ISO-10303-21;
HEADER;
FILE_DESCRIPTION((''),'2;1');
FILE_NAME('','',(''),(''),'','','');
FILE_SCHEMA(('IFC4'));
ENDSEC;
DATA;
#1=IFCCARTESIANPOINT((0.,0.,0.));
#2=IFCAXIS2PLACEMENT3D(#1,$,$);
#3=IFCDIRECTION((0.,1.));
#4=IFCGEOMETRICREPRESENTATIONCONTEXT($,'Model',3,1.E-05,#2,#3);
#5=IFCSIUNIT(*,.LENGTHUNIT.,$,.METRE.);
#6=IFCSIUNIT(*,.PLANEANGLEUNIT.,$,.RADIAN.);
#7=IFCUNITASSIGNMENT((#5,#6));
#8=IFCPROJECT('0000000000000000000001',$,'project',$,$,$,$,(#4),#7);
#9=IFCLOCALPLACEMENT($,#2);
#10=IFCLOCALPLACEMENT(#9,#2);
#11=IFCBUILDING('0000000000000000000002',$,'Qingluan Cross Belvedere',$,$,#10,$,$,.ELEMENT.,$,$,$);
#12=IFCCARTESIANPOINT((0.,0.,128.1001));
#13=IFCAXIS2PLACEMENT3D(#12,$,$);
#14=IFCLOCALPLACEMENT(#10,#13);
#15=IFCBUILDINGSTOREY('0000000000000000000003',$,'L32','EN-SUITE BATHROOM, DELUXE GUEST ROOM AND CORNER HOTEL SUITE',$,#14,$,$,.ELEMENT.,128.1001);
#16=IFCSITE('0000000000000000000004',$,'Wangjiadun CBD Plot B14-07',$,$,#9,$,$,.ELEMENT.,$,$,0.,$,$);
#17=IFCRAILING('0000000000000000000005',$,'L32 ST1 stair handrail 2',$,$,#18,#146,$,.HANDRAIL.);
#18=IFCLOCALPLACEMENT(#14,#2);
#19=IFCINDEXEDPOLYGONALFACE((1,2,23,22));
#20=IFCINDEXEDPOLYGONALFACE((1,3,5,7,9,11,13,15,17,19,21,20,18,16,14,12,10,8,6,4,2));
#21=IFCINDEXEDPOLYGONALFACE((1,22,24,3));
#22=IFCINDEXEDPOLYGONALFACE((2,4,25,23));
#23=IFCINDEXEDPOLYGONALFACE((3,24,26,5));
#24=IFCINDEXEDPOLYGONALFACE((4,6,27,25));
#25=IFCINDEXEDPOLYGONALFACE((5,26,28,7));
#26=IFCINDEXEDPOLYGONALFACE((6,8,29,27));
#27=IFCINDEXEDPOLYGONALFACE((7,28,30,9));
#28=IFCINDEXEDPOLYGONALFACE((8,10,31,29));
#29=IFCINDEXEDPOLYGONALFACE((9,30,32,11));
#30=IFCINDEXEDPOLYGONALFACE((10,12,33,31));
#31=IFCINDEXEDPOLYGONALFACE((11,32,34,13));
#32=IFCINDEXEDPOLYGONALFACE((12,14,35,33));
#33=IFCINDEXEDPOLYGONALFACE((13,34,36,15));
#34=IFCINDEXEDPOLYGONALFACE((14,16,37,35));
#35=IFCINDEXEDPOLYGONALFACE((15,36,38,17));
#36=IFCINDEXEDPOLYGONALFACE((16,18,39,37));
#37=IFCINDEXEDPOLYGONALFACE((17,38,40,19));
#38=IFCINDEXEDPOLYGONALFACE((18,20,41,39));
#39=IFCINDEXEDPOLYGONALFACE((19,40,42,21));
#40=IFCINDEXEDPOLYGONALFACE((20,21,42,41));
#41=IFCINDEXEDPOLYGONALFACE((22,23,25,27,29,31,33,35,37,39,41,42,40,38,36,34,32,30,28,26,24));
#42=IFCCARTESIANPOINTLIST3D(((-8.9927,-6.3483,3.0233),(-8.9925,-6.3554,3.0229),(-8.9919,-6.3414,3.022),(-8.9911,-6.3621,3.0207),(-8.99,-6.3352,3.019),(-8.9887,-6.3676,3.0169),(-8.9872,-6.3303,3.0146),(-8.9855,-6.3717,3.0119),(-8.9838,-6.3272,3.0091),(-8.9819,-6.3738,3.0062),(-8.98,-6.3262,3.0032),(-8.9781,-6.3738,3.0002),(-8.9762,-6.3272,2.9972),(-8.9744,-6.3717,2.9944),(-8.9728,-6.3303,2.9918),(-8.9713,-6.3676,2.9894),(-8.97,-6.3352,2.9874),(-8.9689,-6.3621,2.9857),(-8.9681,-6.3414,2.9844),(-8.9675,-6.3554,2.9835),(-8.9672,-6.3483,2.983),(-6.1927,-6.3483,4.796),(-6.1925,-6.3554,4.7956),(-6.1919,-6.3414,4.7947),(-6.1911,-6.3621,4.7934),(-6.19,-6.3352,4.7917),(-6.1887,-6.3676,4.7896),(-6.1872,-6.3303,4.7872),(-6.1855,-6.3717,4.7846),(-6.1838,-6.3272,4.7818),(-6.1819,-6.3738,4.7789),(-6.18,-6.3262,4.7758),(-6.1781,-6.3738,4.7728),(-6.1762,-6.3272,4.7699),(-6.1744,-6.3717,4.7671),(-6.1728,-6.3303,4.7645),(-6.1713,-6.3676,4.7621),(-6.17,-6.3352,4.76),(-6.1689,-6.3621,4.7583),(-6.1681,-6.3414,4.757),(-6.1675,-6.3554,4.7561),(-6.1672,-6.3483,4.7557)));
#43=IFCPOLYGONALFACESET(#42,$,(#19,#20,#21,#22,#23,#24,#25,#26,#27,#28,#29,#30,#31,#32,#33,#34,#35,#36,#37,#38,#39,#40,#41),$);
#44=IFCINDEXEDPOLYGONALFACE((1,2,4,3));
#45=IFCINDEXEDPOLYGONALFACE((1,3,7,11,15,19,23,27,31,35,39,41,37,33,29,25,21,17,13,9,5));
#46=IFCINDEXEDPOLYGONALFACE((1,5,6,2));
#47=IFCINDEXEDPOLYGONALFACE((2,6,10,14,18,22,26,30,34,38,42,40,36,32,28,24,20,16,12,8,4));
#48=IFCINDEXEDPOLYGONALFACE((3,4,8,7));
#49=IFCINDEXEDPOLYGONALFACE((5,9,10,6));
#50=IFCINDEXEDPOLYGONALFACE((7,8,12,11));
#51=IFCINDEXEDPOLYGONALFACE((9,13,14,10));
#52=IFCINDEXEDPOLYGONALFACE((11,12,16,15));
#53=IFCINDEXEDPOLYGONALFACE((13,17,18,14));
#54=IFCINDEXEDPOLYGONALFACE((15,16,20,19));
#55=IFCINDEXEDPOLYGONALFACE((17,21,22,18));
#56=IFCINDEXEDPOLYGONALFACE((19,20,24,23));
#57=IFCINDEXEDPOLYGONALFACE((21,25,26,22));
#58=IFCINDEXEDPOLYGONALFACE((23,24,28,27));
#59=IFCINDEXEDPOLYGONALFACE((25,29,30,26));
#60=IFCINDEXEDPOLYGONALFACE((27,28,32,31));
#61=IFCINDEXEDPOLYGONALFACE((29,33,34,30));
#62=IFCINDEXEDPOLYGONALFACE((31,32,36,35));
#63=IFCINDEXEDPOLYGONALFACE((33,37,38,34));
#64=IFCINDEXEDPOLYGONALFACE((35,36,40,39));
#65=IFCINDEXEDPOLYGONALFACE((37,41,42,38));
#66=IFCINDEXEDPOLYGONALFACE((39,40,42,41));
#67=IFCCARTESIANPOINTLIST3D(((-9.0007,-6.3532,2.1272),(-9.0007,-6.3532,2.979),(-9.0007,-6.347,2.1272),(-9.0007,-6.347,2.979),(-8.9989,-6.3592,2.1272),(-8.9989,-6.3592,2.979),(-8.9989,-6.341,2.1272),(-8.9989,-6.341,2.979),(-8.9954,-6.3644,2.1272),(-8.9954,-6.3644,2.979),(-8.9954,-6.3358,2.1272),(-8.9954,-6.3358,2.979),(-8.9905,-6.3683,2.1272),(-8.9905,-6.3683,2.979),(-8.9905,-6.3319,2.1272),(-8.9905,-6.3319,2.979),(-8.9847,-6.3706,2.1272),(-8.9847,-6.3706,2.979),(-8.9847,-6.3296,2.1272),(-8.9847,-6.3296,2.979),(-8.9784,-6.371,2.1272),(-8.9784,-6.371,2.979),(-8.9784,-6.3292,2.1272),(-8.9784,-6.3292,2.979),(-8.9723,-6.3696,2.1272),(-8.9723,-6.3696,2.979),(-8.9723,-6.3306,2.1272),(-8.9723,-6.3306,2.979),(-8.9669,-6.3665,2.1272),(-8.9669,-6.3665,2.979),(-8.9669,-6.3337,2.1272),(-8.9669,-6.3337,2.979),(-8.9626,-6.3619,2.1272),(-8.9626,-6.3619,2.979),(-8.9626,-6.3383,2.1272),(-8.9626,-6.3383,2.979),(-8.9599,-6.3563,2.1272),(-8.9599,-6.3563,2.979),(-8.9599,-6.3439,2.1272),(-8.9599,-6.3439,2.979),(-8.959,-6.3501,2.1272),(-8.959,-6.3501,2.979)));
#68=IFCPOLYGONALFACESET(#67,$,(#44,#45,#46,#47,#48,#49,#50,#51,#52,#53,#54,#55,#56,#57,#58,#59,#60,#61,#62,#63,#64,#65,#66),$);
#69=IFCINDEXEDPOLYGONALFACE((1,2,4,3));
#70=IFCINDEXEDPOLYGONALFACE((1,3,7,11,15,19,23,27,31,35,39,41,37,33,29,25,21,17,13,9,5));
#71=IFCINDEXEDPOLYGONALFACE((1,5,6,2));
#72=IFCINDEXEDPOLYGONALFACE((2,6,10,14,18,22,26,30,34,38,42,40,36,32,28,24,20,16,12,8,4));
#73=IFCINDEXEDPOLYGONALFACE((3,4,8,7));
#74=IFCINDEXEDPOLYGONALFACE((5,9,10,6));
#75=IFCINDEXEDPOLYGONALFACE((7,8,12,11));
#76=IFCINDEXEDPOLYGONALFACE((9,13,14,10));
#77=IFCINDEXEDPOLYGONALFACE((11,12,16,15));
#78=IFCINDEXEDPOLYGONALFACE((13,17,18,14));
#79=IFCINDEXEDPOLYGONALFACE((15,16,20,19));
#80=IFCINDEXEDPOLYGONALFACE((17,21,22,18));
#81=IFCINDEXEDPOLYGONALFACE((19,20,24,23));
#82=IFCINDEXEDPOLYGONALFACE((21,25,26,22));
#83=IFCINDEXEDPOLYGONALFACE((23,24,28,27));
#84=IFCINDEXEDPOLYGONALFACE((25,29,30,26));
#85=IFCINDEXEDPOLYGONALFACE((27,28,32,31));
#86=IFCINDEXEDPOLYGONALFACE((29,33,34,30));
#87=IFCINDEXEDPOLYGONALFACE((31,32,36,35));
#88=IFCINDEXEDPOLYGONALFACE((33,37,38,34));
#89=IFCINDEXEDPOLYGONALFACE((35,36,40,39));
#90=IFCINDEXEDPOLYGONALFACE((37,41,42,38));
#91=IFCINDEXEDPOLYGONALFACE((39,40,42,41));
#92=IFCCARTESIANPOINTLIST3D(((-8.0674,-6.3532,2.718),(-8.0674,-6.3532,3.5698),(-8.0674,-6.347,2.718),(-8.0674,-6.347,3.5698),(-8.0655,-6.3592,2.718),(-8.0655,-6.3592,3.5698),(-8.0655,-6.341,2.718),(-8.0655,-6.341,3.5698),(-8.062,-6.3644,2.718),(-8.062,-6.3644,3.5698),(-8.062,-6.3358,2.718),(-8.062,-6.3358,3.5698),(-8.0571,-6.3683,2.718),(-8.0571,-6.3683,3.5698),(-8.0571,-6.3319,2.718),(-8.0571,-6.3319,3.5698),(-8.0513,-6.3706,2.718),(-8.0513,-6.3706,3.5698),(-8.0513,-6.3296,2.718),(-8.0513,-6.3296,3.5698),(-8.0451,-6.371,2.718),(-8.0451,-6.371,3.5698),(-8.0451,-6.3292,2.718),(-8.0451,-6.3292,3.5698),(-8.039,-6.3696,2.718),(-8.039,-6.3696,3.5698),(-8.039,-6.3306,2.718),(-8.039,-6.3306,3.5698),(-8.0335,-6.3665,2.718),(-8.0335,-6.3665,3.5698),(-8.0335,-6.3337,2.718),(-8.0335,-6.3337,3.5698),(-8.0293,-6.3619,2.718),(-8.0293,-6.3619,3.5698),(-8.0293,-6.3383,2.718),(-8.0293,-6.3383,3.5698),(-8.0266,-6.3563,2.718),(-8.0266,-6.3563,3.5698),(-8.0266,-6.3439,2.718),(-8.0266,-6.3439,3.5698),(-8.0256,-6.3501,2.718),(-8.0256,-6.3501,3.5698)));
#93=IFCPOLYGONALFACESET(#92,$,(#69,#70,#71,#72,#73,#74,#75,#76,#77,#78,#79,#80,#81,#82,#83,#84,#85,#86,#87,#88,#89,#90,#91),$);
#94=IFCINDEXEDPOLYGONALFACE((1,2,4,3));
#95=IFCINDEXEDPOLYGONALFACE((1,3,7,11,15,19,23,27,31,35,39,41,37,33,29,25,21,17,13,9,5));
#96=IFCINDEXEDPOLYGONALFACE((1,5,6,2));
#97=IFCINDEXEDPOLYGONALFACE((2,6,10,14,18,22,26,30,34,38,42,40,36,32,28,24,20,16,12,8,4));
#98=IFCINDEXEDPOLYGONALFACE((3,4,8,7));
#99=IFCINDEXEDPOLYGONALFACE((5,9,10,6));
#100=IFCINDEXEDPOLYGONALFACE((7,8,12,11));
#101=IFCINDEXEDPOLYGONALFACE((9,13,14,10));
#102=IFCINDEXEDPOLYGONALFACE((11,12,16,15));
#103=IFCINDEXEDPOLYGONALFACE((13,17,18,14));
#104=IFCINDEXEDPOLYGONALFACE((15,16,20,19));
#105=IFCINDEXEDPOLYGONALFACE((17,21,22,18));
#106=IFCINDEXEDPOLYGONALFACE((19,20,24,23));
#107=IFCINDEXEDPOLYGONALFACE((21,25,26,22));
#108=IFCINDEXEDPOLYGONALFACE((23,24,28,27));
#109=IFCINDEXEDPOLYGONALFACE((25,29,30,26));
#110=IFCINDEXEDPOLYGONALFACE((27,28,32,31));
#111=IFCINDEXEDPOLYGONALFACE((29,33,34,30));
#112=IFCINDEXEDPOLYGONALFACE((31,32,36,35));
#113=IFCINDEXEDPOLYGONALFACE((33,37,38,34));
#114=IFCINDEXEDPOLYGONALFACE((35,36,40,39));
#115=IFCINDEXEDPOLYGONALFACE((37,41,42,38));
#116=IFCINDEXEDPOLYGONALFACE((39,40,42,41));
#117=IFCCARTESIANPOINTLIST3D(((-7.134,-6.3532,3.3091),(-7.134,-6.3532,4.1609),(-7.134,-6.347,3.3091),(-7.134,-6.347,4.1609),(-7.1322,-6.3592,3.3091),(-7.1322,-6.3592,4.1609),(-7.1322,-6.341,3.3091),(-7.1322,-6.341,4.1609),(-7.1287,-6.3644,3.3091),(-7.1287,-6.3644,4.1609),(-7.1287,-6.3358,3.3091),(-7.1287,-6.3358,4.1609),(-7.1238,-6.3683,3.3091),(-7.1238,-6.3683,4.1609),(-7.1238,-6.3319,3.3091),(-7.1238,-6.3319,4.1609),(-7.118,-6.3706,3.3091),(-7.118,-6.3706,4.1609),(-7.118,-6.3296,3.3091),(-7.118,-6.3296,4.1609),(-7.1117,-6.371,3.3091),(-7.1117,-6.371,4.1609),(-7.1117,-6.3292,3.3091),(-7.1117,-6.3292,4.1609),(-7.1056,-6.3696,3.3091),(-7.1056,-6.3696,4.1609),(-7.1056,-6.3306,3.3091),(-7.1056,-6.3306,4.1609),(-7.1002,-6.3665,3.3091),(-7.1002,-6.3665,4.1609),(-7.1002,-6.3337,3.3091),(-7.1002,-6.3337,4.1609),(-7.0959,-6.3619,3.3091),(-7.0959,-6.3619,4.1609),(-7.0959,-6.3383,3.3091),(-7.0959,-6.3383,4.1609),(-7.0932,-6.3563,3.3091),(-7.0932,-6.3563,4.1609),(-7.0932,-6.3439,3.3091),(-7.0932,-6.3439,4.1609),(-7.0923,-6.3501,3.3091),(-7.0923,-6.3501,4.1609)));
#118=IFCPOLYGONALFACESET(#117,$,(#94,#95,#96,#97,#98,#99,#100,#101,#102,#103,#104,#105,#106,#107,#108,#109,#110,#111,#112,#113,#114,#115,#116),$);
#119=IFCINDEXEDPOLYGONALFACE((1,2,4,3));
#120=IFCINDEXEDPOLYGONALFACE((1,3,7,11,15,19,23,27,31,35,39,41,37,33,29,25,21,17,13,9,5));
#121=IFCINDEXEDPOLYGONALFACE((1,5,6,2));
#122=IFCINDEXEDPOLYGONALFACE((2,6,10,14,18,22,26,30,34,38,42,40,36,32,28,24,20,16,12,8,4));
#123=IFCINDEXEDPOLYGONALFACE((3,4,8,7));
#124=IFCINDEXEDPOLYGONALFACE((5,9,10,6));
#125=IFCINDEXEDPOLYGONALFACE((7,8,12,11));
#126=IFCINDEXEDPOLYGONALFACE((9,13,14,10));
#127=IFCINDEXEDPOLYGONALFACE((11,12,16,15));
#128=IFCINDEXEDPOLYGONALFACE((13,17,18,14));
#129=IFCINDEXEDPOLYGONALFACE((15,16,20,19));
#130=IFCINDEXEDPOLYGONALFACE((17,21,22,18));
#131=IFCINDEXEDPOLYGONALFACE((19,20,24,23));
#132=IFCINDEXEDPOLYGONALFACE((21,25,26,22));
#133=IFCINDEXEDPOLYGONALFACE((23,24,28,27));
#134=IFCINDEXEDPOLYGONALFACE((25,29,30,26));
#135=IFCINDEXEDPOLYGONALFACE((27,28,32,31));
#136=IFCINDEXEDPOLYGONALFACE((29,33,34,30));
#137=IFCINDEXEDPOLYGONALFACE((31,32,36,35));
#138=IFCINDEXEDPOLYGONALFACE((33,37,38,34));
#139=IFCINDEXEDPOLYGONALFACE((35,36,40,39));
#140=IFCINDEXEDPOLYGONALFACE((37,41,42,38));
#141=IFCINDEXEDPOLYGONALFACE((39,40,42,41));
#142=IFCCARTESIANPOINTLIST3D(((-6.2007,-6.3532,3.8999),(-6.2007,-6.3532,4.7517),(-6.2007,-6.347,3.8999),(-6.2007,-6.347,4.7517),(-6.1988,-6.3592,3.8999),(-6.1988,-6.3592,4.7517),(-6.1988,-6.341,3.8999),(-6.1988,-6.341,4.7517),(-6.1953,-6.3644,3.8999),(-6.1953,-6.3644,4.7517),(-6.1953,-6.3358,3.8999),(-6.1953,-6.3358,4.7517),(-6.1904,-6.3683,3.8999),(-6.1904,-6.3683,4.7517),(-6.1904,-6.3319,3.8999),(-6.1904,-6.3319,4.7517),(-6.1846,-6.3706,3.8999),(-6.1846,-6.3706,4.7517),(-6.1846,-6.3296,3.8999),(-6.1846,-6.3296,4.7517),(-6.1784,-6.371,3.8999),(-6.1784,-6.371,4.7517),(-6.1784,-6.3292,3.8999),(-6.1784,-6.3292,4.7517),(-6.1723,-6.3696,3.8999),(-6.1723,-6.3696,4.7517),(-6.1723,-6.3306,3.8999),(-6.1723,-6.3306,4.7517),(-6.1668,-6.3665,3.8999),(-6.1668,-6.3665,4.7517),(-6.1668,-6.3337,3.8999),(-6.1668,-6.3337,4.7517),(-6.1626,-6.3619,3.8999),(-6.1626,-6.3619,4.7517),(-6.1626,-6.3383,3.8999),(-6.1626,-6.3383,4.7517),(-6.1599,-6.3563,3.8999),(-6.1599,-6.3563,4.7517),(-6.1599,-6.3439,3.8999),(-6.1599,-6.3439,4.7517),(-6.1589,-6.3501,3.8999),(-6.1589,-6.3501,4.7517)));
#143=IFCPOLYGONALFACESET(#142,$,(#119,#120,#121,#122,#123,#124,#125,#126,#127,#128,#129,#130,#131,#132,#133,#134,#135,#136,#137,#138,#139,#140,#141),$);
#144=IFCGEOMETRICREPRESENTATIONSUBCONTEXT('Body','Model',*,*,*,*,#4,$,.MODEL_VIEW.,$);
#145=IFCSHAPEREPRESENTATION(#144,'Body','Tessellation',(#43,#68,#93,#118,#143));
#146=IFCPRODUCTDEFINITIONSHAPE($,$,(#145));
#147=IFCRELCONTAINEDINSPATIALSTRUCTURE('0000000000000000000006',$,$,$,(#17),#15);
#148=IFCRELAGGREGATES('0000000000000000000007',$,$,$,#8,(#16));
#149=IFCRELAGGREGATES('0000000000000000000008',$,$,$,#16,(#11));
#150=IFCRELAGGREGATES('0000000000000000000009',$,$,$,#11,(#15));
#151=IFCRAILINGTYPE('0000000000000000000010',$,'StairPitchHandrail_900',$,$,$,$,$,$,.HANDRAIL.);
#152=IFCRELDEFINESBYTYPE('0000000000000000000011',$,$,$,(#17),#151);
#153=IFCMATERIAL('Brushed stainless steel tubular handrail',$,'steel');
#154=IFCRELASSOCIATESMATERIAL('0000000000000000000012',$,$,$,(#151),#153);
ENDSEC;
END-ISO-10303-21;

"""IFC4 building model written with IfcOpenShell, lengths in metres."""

from ifc_helpers import new_model, si_unit, direction, frame, origin, origin_2d, place, context, subcontext, project, spatial, circle, extrude, material, type_object, element, save


model = new_model("IFC4")

# Units and contexts
model_context = context("Model", 3, precision=1e-05, world=origin(), true_north=direction((0.0, 1.0)))
body_context = subcontext(model_context, "Body", "Model", "MODEL_VIEW")
ifc_project = project(units=[si_unit("LENGTHUNIT", "METRE"), si_unit("PLANEANGLEUNIT", "RADIAN")], contexts=[model_context])

# Site, building, storey
site_placement = place(None, origin())
site = spatial("IfcSite", under=ifc_project, at=site_placement, Name="Wangjiadun CBD Plot B14-07", CompositionType="ELEMENT", RefElevation=0.0)
building_placement = place(site_placement, origin())
building = spatial("IfcBuilding", under=site, at=building_placement, Name="Qingluan Cross Belvedere", CompositionType="ELEMENT")
storey_placement = place(building_placement, frame((0.0, 0.0, 128.1001)))
storey = spatial("IfcBuildingStorey", under=building, at=storey_placement, Name="L32", Description="EN-SUITE BATHROOM, DELUXE GUEST ROOM AND CORNER HOTEL SUITE", CompositionType="ELEMENT", Elevation=128.1001)

# Railing
ifc_material_1 = material(Name="Brushed stainless steel tubular handrail", Category="steel")
railing_type_1 = type_object("IfcRailingType", Name="StairPitchHandrail_900", PredefinedType="HANDRAIL", material=ifc_material_1)
railing_1_placement = place(storey_placement, frame((-8.98, -6.3501, 2.1272)))
element("IfcRailing", 1, at=railing_1_placement, inside=storey, type_object=railing_type_1, Name="L32 ST1 stair handrail 2", PredefinedType="HANDRAIL", context=body_context, shape_type="SweptSolid", body=[
    extrude(circle(Radius=0.0239, at=origin_2d()), frame((0.0, 0.0, 0.876), z_axis=(0.844909, 0.0, 0.53491), x_axis=(0.0, 1.0, 0.0)), (0.0, 0.0, 1.0), 3.314),
    extrude(circle(Radius=0.021, at=origin_2d()), origin(), (0.0, 0.0, 1.0), 0.8518),
    extrude(circle(Radius=0.021, at=origin_2d()), frame((0.9333, 0.0, 0.5908)), (0.0, 0.0, 1.0), 0.8518),
    extrude(circle(Radius=0.021, at=origin_2d()), frame((1.8667, 0.0, 1.1819)), (0.0, 0.0, 1.0), 0.8518),
    extrude(circle(Radius=0.021, at=origin_2d()), frame((2.8, 0.0, 1.7727)), (0.0, 0.0, 1.0), 0.8518),
])

save(model, "model.ifc")
